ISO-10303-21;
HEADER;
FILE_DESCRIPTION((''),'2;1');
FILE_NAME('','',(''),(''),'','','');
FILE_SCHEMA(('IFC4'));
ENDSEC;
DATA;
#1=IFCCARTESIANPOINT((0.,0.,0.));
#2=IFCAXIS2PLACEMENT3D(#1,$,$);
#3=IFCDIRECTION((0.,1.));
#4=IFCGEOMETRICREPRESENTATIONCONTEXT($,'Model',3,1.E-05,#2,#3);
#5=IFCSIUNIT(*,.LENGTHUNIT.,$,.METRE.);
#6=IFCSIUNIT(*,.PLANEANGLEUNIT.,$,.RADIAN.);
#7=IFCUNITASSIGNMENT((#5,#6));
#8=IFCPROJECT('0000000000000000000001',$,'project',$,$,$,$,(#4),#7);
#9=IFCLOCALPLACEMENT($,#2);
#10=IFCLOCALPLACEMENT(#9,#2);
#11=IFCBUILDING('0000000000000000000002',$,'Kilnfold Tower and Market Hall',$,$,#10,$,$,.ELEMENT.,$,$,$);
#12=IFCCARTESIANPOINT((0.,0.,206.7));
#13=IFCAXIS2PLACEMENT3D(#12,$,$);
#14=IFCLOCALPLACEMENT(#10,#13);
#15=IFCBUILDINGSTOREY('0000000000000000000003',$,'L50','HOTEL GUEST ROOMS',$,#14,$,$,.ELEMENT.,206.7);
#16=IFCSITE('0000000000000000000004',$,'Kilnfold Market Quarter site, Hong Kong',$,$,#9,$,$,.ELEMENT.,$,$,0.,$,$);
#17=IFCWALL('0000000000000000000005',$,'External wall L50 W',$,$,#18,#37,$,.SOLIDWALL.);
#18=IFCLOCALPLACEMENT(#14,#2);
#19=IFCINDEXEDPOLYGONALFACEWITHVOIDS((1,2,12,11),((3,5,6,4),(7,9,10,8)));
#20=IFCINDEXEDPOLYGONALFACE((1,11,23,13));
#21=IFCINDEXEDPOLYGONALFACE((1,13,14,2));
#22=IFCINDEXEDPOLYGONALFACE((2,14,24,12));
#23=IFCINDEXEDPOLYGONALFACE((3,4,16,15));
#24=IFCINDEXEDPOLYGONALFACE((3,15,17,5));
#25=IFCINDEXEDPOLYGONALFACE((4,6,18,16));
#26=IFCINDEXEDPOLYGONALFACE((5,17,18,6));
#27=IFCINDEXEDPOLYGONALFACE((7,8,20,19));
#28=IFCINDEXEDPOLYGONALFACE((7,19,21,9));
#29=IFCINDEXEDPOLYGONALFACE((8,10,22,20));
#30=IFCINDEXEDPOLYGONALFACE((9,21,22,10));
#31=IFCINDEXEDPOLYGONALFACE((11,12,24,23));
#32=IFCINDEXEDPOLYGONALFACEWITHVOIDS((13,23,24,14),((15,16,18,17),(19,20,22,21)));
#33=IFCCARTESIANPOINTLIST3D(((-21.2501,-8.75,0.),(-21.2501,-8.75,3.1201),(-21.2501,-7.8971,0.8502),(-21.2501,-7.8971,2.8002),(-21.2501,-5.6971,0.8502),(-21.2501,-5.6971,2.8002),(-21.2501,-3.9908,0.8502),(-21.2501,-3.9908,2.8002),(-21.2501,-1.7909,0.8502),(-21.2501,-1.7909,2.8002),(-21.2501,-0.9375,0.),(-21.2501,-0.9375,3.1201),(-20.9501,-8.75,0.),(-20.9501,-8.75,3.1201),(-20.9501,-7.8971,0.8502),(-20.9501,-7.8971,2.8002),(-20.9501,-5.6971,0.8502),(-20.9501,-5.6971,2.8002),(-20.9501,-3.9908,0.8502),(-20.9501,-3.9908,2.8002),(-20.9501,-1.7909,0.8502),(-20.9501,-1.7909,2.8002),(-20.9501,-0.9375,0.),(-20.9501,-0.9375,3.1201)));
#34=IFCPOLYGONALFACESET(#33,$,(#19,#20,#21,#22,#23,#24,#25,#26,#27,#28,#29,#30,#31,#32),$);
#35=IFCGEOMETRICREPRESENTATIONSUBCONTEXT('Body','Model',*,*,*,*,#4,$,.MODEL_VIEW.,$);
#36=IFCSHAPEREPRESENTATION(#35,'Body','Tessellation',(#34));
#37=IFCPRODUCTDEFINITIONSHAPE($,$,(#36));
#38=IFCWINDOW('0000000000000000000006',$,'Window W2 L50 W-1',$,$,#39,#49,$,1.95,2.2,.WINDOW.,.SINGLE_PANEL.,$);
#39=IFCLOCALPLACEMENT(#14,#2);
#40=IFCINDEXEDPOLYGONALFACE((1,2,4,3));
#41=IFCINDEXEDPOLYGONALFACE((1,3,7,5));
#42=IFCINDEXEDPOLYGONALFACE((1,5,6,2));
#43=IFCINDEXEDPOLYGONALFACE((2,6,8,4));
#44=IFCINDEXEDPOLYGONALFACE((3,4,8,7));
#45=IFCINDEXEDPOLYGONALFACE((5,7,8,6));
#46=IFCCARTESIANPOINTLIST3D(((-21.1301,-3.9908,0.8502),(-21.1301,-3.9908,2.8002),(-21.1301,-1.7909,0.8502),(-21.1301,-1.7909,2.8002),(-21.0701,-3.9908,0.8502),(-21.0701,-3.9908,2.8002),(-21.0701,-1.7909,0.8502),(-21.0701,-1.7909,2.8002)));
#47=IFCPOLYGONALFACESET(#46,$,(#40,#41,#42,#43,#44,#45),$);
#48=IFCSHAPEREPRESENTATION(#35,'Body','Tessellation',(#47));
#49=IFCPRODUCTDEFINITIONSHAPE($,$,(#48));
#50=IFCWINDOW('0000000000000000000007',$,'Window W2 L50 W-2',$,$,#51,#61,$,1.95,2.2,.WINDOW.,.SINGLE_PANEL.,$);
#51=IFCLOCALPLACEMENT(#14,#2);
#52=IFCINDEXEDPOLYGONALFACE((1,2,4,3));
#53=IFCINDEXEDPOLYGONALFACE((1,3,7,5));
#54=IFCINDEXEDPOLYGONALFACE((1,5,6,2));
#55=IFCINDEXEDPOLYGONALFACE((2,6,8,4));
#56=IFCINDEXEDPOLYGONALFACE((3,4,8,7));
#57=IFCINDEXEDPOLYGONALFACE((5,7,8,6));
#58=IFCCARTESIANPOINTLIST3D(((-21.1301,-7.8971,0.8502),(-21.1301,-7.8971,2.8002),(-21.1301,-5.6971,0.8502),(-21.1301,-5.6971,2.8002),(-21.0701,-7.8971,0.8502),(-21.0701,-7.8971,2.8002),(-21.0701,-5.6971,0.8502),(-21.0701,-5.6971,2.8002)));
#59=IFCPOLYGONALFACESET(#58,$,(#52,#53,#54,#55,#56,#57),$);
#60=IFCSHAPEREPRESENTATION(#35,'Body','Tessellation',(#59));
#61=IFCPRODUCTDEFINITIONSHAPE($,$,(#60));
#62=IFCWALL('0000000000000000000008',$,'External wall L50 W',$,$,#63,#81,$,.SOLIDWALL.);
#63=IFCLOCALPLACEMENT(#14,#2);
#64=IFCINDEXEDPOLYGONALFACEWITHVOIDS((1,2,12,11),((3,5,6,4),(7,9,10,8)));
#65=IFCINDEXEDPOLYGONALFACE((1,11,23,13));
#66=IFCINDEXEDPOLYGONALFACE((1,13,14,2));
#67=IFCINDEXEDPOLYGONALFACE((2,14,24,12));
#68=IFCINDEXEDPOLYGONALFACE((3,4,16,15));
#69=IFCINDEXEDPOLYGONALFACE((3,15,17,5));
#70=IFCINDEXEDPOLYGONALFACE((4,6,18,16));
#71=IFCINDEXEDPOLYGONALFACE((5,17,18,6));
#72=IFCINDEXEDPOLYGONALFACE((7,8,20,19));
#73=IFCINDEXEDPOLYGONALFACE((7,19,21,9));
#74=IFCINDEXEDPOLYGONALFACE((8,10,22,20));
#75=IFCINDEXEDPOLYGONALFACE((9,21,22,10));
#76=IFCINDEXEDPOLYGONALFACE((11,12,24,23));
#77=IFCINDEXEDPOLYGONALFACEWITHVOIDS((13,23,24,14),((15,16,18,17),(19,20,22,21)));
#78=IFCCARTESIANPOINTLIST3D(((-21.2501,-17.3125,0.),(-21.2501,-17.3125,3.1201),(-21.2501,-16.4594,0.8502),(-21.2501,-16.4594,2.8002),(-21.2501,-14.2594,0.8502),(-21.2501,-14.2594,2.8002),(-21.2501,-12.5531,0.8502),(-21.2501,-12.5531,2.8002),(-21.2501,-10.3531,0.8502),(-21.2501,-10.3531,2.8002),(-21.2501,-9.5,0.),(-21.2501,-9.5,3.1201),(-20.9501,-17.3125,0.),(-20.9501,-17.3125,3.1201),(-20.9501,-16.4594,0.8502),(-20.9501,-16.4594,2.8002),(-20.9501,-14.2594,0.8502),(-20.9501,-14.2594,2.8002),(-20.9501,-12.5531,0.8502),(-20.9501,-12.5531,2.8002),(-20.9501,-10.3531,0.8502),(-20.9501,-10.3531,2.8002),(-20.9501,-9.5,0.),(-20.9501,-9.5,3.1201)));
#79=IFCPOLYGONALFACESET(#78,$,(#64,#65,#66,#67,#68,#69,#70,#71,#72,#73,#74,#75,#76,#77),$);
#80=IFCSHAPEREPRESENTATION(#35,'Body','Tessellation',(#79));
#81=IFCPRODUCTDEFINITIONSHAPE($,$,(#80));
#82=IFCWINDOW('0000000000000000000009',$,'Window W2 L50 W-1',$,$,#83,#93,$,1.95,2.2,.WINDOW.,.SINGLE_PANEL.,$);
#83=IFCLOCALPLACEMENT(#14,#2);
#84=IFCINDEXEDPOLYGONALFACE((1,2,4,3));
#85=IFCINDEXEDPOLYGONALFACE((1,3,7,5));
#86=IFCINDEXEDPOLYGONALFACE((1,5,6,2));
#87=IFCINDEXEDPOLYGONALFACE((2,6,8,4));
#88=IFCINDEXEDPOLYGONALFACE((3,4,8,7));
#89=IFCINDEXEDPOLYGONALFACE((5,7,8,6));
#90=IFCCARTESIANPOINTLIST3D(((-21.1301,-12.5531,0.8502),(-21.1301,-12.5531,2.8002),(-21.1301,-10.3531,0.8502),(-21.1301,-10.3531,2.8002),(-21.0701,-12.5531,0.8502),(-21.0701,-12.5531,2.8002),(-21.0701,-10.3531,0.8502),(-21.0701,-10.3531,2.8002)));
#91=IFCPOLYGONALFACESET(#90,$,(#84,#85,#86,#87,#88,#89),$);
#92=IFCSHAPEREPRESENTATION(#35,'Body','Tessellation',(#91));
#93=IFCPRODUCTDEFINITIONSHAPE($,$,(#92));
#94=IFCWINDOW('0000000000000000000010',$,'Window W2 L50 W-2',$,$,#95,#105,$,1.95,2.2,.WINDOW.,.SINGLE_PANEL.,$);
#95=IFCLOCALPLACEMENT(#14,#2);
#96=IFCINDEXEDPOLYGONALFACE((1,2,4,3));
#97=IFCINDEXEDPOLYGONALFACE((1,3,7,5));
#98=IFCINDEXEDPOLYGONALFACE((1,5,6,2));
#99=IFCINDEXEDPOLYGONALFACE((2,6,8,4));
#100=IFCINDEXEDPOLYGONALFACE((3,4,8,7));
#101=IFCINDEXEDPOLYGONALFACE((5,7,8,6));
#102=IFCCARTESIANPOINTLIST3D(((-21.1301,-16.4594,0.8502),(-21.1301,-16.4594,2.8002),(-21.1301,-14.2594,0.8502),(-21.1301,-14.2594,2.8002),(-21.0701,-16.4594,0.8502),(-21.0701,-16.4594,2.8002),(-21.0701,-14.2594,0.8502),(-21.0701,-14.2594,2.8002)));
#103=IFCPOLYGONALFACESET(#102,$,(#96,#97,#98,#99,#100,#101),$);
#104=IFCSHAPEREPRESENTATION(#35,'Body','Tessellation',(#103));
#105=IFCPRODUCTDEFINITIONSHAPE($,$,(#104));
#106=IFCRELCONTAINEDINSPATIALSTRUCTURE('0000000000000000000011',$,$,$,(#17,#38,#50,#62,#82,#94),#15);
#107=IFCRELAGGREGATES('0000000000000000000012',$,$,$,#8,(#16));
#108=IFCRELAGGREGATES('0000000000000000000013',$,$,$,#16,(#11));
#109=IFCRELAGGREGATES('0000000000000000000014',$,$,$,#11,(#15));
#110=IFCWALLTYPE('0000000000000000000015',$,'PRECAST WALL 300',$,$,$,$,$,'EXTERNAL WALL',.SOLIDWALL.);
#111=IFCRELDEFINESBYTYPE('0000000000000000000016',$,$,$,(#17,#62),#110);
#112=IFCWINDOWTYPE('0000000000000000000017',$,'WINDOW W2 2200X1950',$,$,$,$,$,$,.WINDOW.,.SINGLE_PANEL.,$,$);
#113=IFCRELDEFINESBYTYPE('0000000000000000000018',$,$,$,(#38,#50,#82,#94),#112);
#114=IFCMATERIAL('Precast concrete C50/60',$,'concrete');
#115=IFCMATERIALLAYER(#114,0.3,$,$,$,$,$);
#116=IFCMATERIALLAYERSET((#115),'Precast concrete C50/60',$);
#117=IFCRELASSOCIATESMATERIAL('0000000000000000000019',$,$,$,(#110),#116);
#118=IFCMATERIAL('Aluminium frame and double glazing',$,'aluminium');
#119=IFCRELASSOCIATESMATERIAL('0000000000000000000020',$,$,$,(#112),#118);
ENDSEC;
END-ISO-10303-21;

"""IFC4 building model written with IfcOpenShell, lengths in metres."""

from ifc_helpers import new_model, si_unit, direction, frame, frame_2d, origin, place, context, subcontext, project, spatial, rectangle, extrude, source, transform, mapped, material, layer, layer_set, type_object, element, fill, save


model = new_model("IFC4")

# Units and contexts
model_context = context("Model", 3, precision=1e-05, world=origin(), true_north=direction((0.0, 1.0)))
body_context = subcontext(model_context, "Body", "Model", "MODEL_VIEW")
ifc_project = project(units=[si_unit("LENGTHUNIT", "METRE"), si_unit("PLANEANGLEUNIT", "RADIAN")], contexts=[model_context])

# Site, building, storey
site_placement = place(None, origin())
site = spatial("IfcSite", under=ifc_project, at=site_placement, Name="Kilnfold Market Quarter site, Hong Kong", CompositionType="ELEMENT", RefElevation=0.0)
building_placement = place(site_placement, origin())
building = spatial("IfcBuilding", under=site, at=building_placement, Name="Kilnfold Tower and Market Hall", CompositionType="ELEMENT")
storey_placement = place(building_placement, frame((0.0, 0.0, 206.7)))
storey = spatial("IfcBuildingStorey", under=building, at=storey_placement, Name="L50", Description="HOTEL GUEST ROOMS", CompositionType="ELEMENT", Elevation=206.7)

# Walls, openings, windows
ifc_material_1 = material(Name="Precast concrete C50/60", Category="concrete")
ifc_layer_1 = layer(ifc_material_1, 0.3)
ifc_layer_set_1 = layer_set([ifc_layer_1], Name="Precast concrete C50/60")
wall_type_1 = type_object("IfcWallType", Name="PRECAST WALL 300", ElementType="EXTERNAL WALL", PredefinedType="SOLIDWALL", material=ifc_layer_set_1)
shared_shape_1 = source(origin(), body_context, "Body", "SweptSolid", [
    extrude(rectangle(XDim=7.8125, YDim=0.3, at=frame_2d((3.9062, 0.0))), origin(), (0.0, 0.0, 1.0), 3.1201),
])
wall_1_placement = place(storey_placement, frame((-21.1001, -0.9375, 0.0), z_axis=(0.0, 0.0, 1.0), x_axis=(0.0, -1.0, 0.0)))
wall_1 = element("IfcWall", 1, at=wall_1_placement, inside=storey, type_object=wall_type_1, Name="External wall L50 W", PredefinedType="SOLIDWALL", context=body_context, shape_type="MappedRepresentation", body=[
    mapped(shared_shape_1, transform((0.0, 0.0, 0.0))),
])
opening_1_placement = place(wall_1_placement, frame((0.8533, 0.0, 0.8501)))
opening_1 = element("IfcOpeningElement", 2, at=opening_1_placement, cuts=wall_1, PredefinedType="OPENING", context=body_context, shape_type="SweptSolid", body=[
    extrude(rectangle(XDim=2.2, YDim=1.95, at=frame_2d((1.1001, 0.9751))), frame((0.0, 0.1602, 0.0), z_axis=(0.0, -1.0, 0.0), x_axis=(1.0, 0.0, 0.0)), (0.0, 0.0, 1.0), 0.3201),
])
opening_2_placement = place(wall_1_placement, frame((4.7595, 0.0, 0.8501)))
opening_2 = element("IfcOpeningElement", 3, at=opening_2_placement, cuts=wall_1, PredefinedType="OPENING", context=body_context, shape_type="SweptSolid", body=[
    extrude(rectangle(XDim=2.2, YDim=1.95, at=frame_2d((1.1001, 0.9751))), frame((0.0, 0.1602, 0.0), z_axis=(0.0, -1.0, 0.0), x_axis=(1.0, 0.0, 0.0)), (0.0, 0.0, 1.0), 0.3201),
])
ifc_material_2 = material(Name="Aluminium frame and double glazing", Category="aluminium")
window_type = type_object("IfcWindowType", Name="WINDOW W2 2200X1950", PartitioningType="SINGLE_PANEL", PredefinedType="WINDOW", material=ifc_material_2)
window_1_placement = place(opening_1_placement, origin())
window_1 = element("IfcWindow", 4, at=window_1_placement, inside=storey, type_object=window_type, Name="Window W2 L50 W-1", OverallHeight=1.95, OverallWidth=2.2, PartitioningType="SINGLE_PANEL", PredefinedType="WINDOW", context=body_context, shape_type="SweptSolid", body=[
    extrude(rectangle(XDim=2.2, YDim=1.95, at=frame_2d((1.1001, 0.9751))), frame((0.0, 0.03, 0.0), z_axis=(0.0, -1.0, 0.0), x_axis=(1.0, 0.0, 0.0)), (0.0, 0.0, 1.0), 0.0601),
])
fill(opening_1, window_1)
window_2_placement = place(opening_2_placement, origin())
window_2 = element("IfcWindow", 5, at=window_2_placement, inside=storey, type_object=window_type, Name="Window W2 L50 W-2", OverallHeight=1.95, OverallWidth=2.2, PartitioningType="SINGLE_PANEL", PredefinedType="WINDOW", context=body_context, shape_type="SweptSolid", body=[
    extrude(rectangle(XDim=2.2, YDim=1.95, at=frame_2d((1.1001, 0.9751))), frame((0.0, 0.03, 0.0), z_axis=(0.0, -1.0, 0.0), x_axis=(1.0, 0.0, 0.0)), (0.0, 0.0, 1.0), 0.0601),
])
fill(opening_2, window_2)
wall_2_placement = place(storey_placement, frame((-21.1001, -9.5, 0.0), z_axis=(0.0, 0.0, 1.0), x_axis=(0.0, -1.0, 0.0)))
wall_2 = element("IfcWall", 6, at=wall_2_placement, inside=storey, type_object=wall_type_1, Name="External wall L50 W", PredefinedType="SOLIDWALL", context=body_context, shape_type="MappedRepresentation", body=[
    mapped(shared_shape_1, transform((0.0, 0.0, 0.0))),
])
opening_3_placement = place(wall_2_placement, frame((0.853, 0.0, 0.8501)))
opening_3 = element("IfcOpeningElement", 7, at=opening_3_placement, cuts=wall_2, PredefinedType="OPENING", context=body_context, shape_type="SweptSolid", body=[
    extrude(rectangle(XDim=2.2, YDim=1.95, at=frame_2d((1.1001, 0.9751))), frame((0.0, 0.1602, 0.0), z_axis=(0.0, -1.0, 0.0), x_axis=(1.0, 0.0, 0.0)), (0.0, 0.0, 1.0), 0.3201),
])
opening_4_placement = place(wall_2_placement, frame((4.7593, 0.0, 0.8501)))
opening_4 = element("IfcOpeningElement", 8, at=opening_4_placement, cuts=wall_2, PredefinedType="OPENING", context=body_context, shape_type="SweptSolid", body=[
    extrude(rectangle(XDim=2.2, YDim=1.95, at=frame_2d((1.1001, 0.9751))), frame((0.0, 0.1602, 0.0), z_axis=(0.0, -1.0, 0.0), x_axis=(1.0, 0.0, 0.0)), (0.0, 0.0, 1.0), 0.3201),
])
window_3_placement = place(opening_3_placement, origin())
window_3 = element("IfcWindow", 9, at=window_3_placement, inside=storey, type_object=window_type, Name="Window W2 L50 W-1", OverallHeight=1.95, OverallWidth=2.2, PartitioningType="SINGLE_PANEL", PredefinedType="WINDOW", context=body_context, shape_type="SweptSolid", body=[
    extrude(rectangle(XDim=2.2, YDim=1.95, at=frame_2d((1.1001, 0.9751))), frame((0.0, 0.03, 0.0), z_axis=(0.0, -1.0, 0.0), x_axis=(1.0, 0.0, 0.0)), (0.0, 0.0, 1.0), 0.0601),
])
fill(opening_3, window_3)
window_4_placement = place(opening_4_placement, origin())
window_4 = element("IfcWindow", 10, at=window_4_placement, inside=storey, type_object=window_type, Name="Window W2 L50 W-2", OverallHeight=1.95, OverallWidth=2.2, PartitioningType="SINGLE_PANEL", PredefinedType="WINDOW", context=body_context, shape_type="SweptSolid", body=[
    extrude(rectangle(XDim=2.2, YDim=1.95, at=frame_2d((1.1001, 0.9751))), frame((0.0, 0.03, 0.0), z_axis=(0.0, -1.0, 0.0), x_axis=(1.0, 0.0, 0.0)), (0.0, 0.0, 1.0), 0.0601),
])
fill(opening_4, window_4)

save(model, "model.ifc")
